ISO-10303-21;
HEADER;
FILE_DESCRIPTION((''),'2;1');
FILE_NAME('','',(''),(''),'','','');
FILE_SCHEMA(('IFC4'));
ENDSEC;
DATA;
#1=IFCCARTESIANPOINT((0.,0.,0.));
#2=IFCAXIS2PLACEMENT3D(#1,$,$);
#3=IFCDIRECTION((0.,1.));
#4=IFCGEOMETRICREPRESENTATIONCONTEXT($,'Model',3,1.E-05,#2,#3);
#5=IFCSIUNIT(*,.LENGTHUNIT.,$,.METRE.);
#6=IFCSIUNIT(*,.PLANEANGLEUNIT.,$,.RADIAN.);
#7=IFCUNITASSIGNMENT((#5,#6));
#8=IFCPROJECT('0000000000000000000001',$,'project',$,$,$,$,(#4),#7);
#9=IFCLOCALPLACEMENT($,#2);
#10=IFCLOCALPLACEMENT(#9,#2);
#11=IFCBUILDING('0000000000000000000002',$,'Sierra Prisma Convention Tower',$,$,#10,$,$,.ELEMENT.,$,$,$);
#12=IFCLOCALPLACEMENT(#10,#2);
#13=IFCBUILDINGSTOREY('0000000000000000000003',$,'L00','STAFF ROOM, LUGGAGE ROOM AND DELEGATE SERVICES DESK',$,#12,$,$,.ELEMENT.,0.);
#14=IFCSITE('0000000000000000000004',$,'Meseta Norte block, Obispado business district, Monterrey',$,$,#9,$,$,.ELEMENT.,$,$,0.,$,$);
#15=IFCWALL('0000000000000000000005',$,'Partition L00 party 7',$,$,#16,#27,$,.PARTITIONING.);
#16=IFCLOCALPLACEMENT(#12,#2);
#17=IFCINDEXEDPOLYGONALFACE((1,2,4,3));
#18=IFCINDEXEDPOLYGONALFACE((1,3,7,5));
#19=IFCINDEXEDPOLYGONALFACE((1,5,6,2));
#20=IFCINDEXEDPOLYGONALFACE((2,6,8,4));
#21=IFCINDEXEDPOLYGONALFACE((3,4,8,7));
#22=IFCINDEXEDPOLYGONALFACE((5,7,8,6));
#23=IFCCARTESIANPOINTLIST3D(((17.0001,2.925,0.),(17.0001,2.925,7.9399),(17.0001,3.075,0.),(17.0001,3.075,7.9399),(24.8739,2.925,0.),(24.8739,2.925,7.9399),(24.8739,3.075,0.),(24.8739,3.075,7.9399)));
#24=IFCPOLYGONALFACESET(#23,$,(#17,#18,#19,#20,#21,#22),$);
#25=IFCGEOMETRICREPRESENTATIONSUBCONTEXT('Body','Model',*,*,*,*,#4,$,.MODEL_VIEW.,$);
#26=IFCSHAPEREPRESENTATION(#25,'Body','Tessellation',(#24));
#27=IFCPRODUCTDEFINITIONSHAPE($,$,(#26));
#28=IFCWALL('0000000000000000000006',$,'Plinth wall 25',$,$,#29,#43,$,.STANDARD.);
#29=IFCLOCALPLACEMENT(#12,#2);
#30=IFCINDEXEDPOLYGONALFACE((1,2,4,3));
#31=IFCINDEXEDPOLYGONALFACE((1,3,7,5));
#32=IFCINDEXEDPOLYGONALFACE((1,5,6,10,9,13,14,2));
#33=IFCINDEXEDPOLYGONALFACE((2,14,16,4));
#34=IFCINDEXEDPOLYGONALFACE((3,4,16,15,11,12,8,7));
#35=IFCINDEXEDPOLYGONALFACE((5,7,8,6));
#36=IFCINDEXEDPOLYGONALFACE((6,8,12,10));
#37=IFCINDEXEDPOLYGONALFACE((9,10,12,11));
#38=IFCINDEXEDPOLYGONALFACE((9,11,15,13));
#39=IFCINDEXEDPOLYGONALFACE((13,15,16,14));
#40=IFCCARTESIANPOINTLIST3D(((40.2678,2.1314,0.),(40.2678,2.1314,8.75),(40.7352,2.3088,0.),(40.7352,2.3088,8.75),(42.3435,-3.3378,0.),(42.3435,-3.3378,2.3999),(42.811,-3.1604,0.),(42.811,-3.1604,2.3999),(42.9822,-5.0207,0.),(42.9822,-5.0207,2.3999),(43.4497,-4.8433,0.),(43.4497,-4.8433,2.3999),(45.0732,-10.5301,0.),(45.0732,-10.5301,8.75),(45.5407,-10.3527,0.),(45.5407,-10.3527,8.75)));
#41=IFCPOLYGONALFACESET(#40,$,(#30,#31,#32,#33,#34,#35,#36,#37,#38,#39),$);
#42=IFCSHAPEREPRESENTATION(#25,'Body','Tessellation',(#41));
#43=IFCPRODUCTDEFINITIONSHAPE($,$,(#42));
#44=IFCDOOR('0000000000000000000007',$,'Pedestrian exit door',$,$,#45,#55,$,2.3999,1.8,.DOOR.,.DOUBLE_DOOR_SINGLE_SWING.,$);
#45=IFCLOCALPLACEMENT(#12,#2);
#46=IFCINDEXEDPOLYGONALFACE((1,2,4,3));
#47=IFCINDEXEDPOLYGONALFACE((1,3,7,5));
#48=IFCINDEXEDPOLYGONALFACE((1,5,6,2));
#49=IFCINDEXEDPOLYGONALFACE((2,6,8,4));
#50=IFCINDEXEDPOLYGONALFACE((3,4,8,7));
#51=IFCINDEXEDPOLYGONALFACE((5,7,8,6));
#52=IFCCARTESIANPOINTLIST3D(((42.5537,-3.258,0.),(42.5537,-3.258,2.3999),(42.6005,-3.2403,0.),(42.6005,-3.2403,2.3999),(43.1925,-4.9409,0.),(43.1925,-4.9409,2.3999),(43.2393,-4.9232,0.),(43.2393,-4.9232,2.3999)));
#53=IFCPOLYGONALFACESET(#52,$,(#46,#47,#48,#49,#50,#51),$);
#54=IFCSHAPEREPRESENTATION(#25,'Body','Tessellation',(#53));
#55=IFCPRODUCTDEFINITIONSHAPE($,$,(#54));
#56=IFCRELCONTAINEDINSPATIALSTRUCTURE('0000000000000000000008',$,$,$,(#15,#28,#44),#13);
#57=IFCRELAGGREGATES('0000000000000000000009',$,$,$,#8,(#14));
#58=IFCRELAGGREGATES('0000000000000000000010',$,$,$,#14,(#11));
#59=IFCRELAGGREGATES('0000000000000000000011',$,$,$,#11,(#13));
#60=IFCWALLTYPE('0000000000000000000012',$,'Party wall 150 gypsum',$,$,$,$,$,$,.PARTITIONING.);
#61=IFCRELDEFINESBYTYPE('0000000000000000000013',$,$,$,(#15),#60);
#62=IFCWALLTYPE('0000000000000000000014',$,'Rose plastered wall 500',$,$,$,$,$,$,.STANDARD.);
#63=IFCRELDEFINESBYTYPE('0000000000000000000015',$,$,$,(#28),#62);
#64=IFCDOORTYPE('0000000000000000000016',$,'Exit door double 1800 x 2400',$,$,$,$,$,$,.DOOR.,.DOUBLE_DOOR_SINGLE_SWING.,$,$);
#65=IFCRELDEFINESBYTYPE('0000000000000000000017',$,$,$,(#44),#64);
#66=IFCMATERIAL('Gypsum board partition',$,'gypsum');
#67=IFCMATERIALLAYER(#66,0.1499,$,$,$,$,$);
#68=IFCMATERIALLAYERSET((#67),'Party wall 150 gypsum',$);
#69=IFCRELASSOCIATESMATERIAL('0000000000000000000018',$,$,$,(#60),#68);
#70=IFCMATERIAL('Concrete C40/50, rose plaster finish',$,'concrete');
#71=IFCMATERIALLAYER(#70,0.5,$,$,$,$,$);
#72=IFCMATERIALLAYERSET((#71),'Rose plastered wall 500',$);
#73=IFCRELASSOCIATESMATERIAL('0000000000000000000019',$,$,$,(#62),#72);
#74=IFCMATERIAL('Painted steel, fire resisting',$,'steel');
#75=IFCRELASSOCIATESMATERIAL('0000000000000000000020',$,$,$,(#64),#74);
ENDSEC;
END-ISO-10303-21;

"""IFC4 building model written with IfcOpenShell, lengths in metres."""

from ifc_helpers import new_model, si_unit, direction, frame, frame_2d, origin, place, context, subcontext, project, spatial, rectangle, extrude, material, layer, layer_set, type_object, element, fill, save


model = new_model("IFC4")

# Units and contexts
model_context = context("Model", 3, precision=1e-05, world=origin(), true_north=direction((0.0, 1.0)))
body_context = subcontext(model_context, "Body", "Model", "MODEL_VIEW")
ifc_project = project(units=[si_unit("LENGTHUNIT", "METRE"), si_unit("PLANEANGLEUNIT", "RADIAN")], contexts=[model_context])

# Site, building, storey
site_placement = place(None, origin())
site = spatial("IfcSite", under=ifc_project, at=site_placement, Name="Meseta Norte block, Obispado business district, Monterrey", CompositionType="ELEMENT", RefElevation=0.0)
building_placement = place(site_placement, origin())
building = spatial("IfcBuilding", under=site, at=building_placement, Name="Sierra Prisma Convention Tower", CompositionType="ELEMENT")
storey_placement = place(building_placement, origin())
storey = spatial("IfcBuildingStorey", under=building, at=storey_placement, Name="L00", Description="STAFF ROOM, LUGGAGE ROOM AND DELEGATE SERVICES DESK", CompositionType="ELEMENT", Elevation=0.0)

# Wall
ifc_material_1 = material(Name="Gypsum board partition", Category="gypsum")
ifc_layer_1 = layer(ifc_material_1, 0.1499)
ifc_layer_set_1 = layer_set([ifc_layer_1], Name="Party wall 150 gypsum")
wall_type_1 = type_object("IfcWallType", Name="Party wall 150 gypsum", PredefinedType="PARTITIONING", material=ifc_layer_set_1)
wall_1_placement = place(storey_placement, frame((17.0, 3.0, 0.0), z_axis=(0.0, 0.0, 1.0), x_axis=(1.0, 0.0, 0.0)))
element("IfcWall", 1, at=wall_1_placement, inside=storey, type_object=wall_type_1, Name="Partition L00 party 7", PredefinedType="PARTITIONING", context=body_context, shape_type="SweptSolid", body=[
    extrude(rectangle(XDim=7.8738, YDim=0.1499, at=frame_2d((3.937, 0.0))), origin(), (0.0, 0.0, 1.0), 7.9399),
])

# Wall, opening, door
ifc_material_2 = material(Name="Concrete C40/50, rose plaster finish", Category="concrete")
ifc_layer_2 = layer(ifc_material_2, 0.5)
ifc_layer_set_2 = layer_set([ifc_layer_2], Name="Rose plastered wall 500")
wall_type_2 = type_object("IfcWallType", Name="Rose plastered wall 500", PredefinedType="STANDARD", material=ifc_layer_set_2)
wall_2_placement = place(storey_placement, frame((40.5015, 2.2202, 0.0), z_axis=(0.0, 0.0, 1.0), x_axis=(0.354837, -0.934928, 0.0)))
wall_2 = element("IfcWall", 2, at=wall_2_placement, inside=storey, type_object=wall_type_2, Name="Plinth wall 25", PredefinedType="STANDARD", context=body_context, shape_type="SweptSolid", body=[
    extrude(rectangle(XDim=13.5427, YDim=0.5, at=frame_2d((6.7715, 0.0))), origin(), (0.0, 0.0, 1.0), 8.75),
])
opening_1_placement = place(wall_2_placement, frame((5.8501, 0.0, 0.0)))
opening_1 = element("IfcOpeningElement", 3, at=opening_1_placement, cuts=wall_2, PredefinedType="OPENING", context=body_context, shape_type="SweptSolid", body=[
    extrude(rectangle(XDim=1.8, YDim=2.3999, at=frame_2d((0.8999, 1.2))), frame((0.0, 0.25, 0.0), z_axis=(0.0, -1.0, 0.0), x_axis=(1.0, 0.0, 0.0)), (0.0, 0.0, 1.0), 0.5),
])
ifc_material_3 = material(Name="Painted steel, fire resisting", Category="steel")
door_type_1 = type_object("IfcDoorType", Name="Exit door double 1800 x 2400", OperationType="DOUBLE_DOOR_SINGLE_SWING", PredefinedType="DOOR", material=ifc_material_3)
door_1_placement = place(opening_1_placement, origin())
door_1 = element("IfcDoor", 4, at=door_1_placement, inside=storey, type_object=door_type_1, Name="Pedestrian exit door", OperationType="DOUBLE_DOOR_SINGLE_SWING", OverallHeight=2.3999, OverallWidth=1.8, PredefinedType="DOOR", context=body_context, shape_type="SweptSolid", body=[
    extrude(rectangle(XDim=1.8, YDim=2.3999, at=frame_2d((0.8999, 1.2))), frame((0.0, 0.0249, 0.0), z_axis=(0.0, -1.0, 0.0), x_axis=(1.0, 0.0, 0.0)), (0.0, 0.0, 1.0), 0.05),
])
fill(opening_1, door_1)

save(model, "model.ifc")
